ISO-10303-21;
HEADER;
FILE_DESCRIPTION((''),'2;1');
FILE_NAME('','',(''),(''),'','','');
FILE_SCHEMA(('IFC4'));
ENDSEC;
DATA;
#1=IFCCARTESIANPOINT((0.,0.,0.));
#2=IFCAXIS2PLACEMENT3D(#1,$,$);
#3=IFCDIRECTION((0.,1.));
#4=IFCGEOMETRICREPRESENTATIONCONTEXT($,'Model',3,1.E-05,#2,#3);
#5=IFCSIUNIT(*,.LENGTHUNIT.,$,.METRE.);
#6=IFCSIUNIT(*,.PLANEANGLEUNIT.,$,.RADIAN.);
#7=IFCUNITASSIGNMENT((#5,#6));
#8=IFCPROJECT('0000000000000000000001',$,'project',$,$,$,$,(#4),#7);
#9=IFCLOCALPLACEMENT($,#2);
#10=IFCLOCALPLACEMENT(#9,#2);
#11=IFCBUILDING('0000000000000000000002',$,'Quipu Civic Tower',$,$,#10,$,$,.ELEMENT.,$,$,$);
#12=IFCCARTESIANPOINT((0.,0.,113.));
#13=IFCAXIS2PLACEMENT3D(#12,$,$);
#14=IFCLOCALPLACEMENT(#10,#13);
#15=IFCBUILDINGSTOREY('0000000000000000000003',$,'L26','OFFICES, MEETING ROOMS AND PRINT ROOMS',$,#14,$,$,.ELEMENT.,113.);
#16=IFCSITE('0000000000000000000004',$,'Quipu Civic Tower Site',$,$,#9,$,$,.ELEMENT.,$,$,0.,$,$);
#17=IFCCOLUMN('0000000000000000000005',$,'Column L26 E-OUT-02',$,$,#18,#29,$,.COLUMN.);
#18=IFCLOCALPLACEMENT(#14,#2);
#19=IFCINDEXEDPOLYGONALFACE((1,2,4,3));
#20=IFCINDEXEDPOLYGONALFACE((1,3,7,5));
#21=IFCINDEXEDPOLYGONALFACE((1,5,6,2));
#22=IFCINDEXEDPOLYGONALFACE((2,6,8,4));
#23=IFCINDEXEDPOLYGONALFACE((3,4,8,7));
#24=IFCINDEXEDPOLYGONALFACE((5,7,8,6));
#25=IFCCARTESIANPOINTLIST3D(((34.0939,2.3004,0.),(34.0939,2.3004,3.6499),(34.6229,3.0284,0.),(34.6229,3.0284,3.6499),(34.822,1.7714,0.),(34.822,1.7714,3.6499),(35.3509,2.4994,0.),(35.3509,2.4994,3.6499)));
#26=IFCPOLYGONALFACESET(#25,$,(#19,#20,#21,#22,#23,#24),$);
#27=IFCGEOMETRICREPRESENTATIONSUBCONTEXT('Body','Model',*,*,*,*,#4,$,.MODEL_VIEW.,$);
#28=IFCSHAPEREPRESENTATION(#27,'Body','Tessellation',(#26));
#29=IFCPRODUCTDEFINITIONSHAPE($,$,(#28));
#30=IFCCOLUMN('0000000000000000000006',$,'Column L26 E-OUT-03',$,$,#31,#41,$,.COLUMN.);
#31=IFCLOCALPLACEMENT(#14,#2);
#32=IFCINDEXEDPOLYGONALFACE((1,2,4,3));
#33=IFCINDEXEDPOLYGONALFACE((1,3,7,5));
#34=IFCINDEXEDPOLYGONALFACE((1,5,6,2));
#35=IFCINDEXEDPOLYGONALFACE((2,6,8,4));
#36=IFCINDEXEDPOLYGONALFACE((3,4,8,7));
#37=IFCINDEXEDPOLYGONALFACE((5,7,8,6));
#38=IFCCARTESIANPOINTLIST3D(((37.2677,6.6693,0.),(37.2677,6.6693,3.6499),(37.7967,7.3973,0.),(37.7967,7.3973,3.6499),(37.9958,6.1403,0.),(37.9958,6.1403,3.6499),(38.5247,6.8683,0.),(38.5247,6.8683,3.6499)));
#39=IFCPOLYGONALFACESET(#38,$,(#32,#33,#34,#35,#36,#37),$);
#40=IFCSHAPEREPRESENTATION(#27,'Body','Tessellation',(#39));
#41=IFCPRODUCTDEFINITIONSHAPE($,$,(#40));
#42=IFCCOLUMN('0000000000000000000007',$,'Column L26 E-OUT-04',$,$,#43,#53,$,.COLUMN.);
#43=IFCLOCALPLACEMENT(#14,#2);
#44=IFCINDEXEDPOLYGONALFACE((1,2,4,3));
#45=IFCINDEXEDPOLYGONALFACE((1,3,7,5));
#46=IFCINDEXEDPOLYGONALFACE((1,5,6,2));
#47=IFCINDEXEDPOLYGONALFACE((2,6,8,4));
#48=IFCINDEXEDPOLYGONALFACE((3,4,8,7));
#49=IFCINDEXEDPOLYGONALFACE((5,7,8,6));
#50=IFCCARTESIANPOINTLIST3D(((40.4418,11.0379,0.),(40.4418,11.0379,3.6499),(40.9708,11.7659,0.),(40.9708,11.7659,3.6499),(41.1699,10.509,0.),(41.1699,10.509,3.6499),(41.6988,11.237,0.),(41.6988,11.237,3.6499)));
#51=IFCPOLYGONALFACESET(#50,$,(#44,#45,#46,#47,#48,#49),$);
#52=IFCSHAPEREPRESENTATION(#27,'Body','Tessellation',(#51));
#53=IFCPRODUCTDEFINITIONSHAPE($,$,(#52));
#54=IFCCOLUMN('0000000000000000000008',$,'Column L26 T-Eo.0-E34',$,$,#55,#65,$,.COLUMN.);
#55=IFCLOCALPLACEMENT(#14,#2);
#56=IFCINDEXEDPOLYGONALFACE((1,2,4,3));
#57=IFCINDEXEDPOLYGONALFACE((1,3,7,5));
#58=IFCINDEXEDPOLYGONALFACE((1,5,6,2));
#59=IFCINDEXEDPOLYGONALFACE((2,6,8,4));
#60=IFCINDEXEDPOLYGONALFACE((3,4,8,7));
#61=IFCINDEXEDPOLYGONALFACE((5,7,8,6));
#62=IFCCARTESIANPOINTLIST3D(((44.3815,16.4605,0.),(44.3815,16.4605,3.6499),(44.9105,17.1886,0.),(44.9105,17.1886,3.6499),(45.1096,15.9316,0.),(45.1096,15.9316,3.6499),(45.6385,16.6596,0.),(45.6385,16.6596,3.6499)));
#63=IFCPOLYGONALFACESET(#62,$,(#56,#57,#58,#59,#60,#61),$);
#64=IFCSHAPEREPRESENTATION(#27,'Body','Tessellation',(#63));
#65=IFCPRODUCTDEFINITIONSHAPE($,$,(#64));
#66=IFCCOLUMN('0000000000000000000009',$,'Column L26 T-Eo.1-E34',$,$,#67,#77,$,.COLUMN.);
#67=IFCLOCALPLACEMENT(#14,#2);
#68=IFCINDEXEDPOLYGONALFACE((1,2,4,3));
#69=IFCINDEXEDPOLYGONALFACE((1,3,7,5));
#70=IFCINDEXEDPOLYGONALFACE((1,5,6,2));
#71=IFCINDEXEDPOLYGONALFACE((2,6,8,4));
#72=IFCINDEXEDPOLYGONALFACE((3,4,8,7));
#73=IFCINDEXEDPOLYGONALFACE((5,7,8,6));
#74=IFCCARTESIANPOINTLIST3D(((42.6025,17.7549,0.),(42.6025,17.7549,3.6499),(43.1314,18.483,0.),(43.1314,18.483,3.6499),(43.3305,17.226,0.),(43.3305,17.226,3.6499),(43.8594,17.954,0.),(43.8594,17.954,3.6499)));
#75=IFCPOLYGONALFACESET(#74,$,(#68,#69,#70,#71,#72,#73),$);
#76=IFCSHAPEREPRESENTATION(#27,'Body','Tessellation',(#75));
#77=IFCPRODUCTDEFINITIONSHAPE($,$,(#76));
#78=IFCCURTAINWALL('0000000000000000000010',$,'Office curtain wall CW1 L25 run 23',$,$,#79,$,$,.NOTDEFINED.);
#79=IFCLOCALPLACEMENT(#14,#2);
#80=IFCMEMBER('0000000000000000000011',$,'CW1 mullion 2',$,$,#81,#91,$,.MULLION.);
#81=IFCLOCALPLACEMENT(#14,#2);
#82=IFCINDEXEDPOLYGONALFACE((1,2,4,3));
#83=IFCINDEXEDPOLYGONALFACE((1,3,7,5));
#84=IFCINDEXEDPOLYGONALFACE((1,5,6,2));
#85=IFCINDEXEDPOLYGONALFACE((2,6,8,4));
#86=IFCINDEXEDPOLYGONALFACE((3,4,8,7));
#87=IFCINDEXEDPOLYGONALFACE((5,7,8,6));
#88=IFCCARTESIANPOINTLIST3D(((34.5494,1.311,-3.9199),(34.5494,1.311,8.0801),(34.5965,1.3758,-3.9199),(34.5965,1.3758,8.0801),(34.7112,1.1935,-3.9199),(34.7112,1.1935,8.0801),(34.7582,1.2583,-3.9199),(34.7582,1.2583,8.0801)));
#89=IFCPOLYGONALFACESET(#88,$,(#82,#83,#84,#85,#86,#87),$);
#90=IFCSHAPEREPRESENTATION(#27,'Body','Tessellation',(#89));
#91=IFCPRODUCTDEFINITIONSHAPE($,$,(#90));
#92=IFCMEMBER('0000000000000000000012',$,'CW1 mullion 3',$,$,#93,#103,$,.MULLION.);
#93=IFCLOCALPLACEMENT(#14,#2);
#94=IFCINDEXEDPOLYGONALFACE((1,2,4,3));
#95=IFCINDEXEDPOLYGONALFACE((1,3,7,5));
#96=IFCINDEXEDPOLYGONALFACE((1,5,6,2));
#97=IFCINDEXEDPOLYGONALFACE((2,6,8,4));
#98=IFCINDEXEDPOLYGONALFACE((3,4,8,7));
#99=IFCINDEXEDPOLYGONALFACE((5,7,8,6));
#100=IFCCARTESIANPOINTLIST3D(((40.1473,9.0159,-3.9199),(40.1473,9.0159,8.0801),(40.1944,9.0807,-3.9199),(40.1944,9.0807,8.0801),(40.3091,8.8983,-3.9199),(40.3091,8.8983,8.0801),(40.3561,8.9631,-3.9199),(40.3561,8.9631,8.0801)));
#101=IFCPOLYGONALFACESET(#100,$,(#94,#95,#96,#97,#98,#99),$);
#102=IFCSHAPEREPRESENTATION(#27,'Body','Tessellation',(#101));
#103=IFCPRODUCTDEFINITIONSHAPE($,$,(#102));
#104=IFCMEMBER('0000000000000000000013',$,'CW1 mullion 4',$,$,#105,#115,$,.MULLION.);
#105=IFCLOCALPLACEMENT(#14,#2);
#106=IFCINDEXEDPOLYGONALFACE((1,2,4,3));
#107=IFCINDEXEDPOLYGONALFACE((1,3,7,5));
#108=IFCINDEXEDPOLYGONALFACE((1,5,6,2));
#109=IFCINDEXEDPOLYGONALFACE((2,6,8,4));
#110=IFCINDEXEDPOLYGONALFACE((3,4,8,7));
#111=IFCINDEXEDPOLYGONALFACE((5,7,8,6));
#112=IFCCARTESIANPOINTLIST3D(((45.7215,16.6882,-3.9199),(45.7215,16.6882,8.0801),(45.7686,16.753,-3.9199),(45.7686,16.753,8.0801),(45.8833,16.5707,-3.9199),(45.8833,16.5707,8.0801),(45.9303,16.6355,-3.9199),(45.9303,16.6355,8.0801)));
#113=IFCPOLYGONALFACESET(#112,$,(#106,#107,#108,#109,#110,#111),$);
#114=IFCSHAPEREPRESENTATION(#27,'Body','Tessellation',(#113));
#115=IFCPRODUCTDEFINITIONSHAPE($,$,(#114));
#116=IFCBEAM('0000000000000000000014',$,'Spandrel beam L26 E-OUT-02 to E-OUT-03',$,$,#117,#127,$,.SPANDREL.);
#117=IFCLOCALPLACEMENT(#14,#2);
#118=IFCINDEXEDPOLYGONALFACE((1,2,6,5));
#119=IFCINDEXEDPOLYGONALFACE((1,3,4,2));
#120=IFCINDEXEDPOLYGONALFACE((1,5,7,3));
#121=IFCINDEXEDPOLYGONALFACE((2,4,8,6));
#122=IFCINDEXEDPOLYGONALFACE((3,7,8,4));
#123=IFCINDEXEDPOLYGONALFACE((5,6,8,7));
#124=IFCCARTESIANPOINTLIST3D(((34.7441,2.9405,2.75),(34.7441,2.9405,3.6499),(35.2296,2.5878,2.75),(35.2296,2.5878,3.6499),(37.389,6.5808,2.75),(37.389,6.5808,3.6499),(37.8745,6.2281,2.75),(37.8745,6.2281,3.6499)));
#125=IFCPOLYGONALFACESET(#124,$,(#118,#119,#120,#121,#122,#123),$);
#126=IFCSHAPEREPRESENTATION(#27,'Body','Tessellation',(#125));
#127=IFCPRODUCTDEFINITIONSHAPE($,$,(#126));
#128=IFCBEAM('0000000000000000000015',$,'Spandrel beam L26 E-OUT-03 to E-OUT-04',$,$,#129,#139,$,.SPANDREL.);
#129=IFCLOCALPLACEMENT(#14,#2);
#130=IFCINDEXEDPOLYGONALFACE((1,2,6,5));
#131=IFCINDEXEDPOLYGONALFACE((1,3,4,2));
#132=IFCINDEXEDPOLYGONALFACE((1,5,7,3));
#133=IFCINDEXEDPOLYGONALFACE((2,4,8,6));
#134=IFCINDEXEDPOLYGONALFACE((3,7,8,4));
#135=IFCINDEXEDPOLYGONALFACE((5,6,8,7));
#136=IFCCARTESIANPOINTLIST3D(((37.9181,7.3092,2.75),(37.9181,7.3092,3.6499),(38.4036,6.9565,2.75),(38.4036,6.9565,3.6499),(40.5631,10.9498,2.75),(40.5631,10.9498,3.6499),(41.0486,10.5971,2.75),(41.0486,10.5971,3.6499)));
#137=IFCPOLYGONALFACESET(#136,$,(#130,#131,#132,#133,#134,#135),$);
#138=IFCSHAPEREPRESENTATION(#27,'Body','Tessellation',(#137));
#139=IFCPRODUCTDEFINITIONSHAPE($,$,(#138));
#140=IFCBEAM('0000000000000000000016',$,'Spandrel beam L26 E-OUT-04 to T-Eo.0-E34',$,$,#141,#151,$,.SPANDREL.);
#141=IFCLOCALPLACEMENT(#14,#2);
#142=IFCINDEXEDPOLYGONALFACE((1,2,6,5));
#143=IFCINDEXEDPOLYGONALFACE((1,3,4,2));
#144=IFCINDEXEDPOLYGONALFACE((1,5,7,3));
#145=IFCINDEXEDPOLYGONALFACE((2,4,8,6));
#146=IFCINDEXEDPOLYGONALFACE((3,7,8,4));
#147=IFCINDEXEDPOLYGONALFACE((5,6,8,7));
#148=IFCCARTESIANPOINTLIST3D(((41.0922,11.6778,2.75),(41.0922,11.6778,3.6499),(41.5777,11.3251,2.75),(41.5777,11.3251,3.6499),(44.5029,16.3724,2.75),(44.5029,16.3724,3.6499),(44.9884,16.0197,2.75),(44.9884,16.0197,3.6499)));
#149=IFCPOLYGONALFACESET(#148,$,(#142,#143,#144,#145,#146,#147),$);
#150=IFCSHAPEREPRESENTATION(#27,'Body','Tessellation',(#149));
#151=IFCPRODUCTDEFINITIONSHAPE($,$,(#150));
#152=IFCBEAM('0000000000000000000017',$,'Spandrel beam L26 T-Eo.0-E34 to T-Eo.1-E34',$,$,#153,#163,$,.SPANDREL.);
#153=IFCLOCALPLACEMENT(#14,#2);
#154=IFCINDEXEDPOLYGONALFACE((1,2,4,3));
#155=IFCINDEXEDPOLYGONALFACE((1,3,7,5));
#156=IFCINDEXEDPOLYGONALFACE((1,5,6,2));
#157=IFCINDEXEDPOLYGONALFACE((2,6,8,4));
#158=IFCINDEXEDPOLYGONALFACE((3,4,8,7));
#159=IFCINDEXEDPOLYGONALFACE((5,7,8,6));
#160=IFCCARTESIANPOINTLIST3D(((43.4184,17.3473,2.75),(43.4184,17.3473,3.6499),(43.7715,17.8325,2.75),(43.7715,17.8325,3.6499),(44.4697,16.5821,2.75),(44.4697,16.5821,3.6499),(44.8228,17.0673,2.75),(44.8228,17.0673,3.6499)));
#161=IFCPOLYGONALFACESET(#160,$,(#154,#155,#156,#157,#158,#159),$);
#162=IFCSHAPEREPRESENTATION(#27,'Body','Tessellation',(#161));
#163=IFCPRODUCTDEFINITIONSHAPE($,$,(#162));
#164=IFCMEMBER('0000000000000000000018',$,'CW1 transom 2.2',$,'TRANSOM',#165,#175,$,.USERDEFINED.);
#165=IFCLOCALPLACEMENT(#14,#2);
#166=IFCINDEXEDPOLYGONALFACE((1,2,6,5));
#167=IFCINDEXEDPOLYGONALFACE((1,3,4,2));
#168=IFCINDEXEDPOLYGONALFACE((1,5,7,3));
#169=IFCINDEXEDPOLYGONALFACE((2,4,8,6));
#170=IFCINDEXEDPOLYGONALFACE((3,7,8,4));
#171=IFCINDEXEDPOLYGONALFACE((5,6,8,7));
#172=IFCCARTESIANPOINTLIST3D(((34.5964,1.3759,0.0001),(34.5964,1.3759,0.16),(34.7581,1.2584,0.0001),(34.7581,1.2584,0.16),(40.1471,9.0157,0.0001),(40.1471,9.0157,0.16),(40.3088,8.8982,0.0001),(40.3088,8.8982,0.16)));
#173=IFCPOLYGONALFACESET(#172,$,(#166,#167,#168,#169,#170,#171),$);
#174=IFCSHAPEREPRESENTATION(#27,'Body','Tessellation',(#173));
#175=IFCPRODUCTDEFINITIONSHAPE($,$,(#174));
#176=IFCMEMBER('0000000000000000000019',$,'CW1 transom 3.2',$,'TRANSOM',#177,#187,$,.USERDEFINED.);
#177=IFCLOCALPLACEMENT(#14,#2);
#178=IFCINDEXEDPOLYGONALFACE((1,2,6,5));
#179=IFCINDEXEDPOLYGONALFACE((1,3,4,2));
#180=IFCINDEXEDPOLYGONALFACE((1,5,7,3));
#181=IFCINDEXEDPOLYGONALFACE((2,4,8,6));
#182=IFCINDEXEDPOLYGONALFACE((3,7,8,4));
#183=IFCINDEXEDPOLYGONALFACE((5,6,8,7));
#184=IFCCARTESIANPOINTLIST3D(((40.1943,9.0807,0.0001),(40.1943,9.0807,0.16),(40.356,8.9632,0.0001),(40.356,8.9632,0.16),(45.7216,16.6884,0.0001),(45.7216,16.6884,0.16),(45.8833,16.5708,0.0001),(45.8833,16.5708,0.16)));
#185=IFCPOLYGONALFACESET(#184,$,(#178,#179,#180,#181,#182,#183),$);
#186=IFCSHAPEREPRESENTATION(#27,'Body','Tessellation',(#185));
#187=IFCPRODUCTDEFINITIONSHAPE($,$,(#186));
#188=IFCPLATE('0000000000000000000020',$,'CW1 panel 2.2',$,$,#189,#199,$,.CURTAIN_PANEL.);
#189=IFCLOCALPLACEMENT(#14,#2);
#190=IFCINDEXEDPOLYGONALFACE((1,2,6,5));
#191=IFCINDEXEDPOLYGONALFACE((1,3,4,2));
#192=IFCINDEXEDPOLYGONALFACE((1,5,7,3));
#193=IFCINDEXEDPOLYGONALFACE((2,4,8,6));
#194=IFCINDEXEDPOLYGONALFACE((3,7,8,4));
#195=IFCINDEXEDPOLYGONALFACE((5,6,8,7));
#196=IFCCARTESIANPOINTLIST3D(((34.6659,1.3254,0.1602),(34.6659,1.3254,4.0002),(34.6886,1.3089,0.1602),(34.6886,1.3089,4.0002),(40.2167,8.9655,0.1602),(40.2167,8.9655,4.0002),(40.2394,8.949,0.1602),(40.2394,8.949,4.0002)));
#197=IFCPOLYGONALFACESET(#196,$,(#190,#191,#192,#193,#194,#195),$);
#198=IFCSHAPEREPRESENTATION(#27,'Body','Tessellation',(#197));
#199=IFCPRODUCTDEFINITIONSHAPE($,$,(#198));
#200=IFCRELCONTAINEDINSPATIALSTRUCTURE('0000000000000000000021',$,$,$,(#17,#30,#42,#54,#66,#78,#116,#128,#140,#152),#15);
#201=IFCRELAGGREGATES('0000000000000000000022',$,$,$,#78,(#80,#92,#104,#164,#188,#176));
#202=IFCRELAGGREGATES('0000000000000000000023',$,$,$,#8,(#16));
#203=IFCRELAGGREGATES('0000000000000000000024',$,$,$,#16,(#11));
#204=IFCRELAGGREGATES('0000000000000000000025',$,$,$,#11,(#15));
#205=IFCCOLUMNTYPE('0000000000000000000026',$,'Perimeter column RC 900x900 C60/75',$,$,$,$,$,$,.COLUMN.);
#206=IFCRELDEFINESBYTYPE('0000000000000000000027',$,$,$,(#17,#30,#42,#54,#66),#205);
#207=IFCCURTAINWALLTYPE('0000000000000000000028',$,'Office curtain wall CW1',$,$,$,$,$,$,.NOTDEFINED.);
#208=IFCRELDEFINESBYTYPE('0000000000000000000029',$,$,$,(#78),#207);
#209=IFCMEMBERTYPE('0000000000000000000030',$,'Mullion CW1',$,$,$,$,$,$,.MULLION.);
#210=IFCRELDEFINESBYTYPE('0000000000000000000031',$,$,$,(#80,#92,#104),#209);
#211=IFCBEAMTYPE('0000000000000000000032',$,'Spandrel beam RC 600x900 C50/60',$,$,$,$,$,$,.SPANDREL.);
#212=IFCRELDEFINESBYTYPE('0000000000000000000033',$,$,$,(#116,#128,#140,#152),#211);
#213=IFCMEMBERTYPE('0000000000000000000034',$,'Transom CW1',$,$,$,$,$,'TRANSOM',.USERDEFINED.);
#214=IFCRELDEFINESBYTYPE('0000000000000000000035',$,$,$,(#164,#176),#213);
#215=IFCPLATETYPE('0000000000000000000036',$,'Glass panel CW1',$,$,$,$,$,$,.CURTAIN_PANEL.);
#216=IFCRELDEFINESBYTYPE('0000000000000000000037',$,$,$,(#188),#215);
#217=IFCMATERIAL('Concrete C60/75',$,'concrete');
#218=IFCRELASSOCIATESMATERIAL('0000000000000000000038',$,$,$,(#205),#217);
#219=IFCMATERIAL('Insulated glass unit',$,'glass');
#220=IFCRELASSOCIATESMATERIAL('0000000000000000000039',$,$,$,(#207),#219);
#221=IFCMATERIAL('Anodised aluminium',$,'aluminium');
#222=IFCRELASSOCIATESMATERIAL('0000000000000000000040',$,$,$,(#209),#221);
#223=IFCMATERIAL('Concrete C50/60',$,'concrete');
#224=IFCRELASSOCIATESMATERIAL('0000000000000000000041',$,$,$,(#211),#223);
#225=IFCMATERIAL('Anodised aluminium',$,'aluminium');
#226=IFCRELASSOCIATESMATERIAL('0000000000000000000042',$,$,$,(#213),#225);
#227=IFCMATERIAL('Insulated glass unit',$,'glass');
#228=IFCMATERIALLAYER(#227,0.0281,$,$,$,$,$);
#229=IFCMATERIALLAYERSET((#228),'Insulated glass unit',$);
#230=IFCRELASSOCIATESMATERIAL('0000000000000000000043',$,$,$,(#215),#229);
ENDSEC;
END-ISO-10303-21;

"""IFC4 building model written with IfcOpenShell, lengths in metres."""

from ifc_helpers import new_model, si_unit, direction, frame, origin, origin_2d, place, context, subcontext, project, spatial, rectangle, extrude, material, layer, layer_set, material_profile, profile_set, type_object, element, aggregate, save


model = new_model("IFC4")

# Units and contexts
model_context = context("Model", 3, precision=1e-05, world=origin(), true_north=direction((0.0, 1.0)))
body_context = subcontext(model_context, "Body", "Model", "MODEL_VIEW")
ifc_project = project(units=[si_unit("LENGTHUNIT", "METRE"), si_unit("PLANEANGLEUNIT", "RADIAN")], contexts=[model_context])

# Site, building, storey
site_placement = place(None, origin())
site = spatial("IfcSite", under=ifc_project, at=site_placement, Name="Quipu Civic Tower Site", CompositionType="ELEMENT", RefElevation=0.0)
building_placement = place(site_placement, origin())
building = spatial("IfcBuilding", under=site, at=building_placement, Name="Quipu Civic Tower", CompositionType="ELEMENT")
storey_placement = place(building_placement, frame((0.0, 0.0, 113.0)))
storey = spatial("IfcBuildingStorey", under=building, at=storey_placement, Name="L26", Description="OFFICES, MEETING ROOMS AND PRINT ROOMS", CompositionType="ELEMENT", Elevation=113.0)

# Columns
ifc_material_1 = material(Name="Concrete C60/75", Category="concrete")
ifc_material_profile_1 = material_profile(ifc_material_1, rectangle(XDim=0.8999, YDim=0.8999, at=origin_2d()), Name="RC900x900")
ifc_profile_set_1 = profile_set([ifc_material_profile_1], Name="Concrete C60/75")
column_type = type_object("IfcColumnType", Name="Perimeter column RC 900x900 C60/75", PredefinedType="COLUMN", material=ifc_profile_set_1)
for number, where, z_axis, x_axis, name in (
    (1, (34.7224, 2.3999, 0.0), (0.0, 0.0, 1.0), (0.587785, 0.809017, 0.0), "Column L26 E-OUT-02"),
    (2, (37.8962, 6.7688, 0.0), (0.0, 0.0, 1.0), (0.587785, 0.809017, 0.0), "Column L26 E-OUT-03"),
    (3, (41.0703, 11.1375, 0.0), (0.0, 0.0, 1.0), (0.587785, 0.809017, 0.0), "Column L26 E-OUT-04"),
    (4, (45.01, 16.5601, 0.0), (0.0, 0.0, 1.0), (0.587785, 0.809017, 0.0), "Column L26 T-Eo.0-E34"),
    (5, (43.231, 17.8545, 0.0), (0.0, 0.0, 1.0), (0.587785, 0.809017, 0.0), "Column L26 T-Eo.1-E34"),
):
    element("IfcColumn", number, at=place(storey_placement, frame(where, z_axis=z_axis, x_axis=x_axis)), inside=storey, type_object=column_type, Name=name, PredefinedType="COLUMN", context=body_context, shape_type="SweptSolid", body=[
        extrude(rectangle(XDim=0.8999, YDim=0.8999, at=origin_2d()), origin(), (0.0, 0.0, 1.0), 3.6499),
    ])

# Curtain wall, members
ifc_material_2 = material(Name="Insulated glass unit", Category="glass")
curtain_wall_type = type_object("IfcCurtainWallType", Name="Office curtain wall CW1", PredefinedType="NOTDEFINED", material=ifc_material_2)
curtain_wall_placement = place(storey_placement, origin())
curtain_wall = element("IfcCurtainWall", 6, at=curtain_wall_placement, inside=storey, type_object=curtain_wall_type, Name="Office curtain wall CW1 L25 run 23", PredefinedType="NOTDEFINED")
ifc_material_3 = material(Name="Anodised aluminium", Category="aluminium")
ifc_material_profile_2 = material_profile(ifc_material_3, rectangle(XDim=0.2, YDim=0.0801, at=origin_2d()), Name="RECT 200x80")
ifc_profile_set_2 = profile_set([ifc_material_profile_2], Name="Anodised aluminium")
member_type_1 = type_object("IfcMemberType", Name="Mullion CW1", PredefinedType="MULLION", material=ifc_profile_set_2)
member_1_placement = place(storey_placement, frame((34.6538, 1.2847, -3.9199), z_axis=(0.0, 0.0, 1.0), x_axis=(-0.809017, 0.587785, 0.0)))
member_1 = element("IfcMember", 7, at=member_1_placement, type_object=member_type_1, Name="CW1 mullion 2", PredefinedType="MULLION", context=body_context, shape_type="SweptSolid", body=[
    extrude(rectangle(XDim=0.2, YDim=0.0801, at=origin_2d()), origin(), (0.0, 0.0, 1.0), 12.0),
])
member_2_placement = place(storey_placement, frame((40.2517, 8.9895, -3.9199), z_axis=(0.0, 0.0, 1.0), x_axis=(-0.809017, 0.587785, 0.0)))
member_2 = element("IfcMember", 8, at=member_2_placement, type_object=member_type_1, Name="CW1 mullion 3", PredefinedType="MULLION", context=body_context, shape_type="SweptSolid", body=[
    extrude(rectangle(XDim=0.2, YDim=0.0801, at=origin_2d()), origin(), (0.0, 0.0, 1.0), 12.0),
])
member_3_placement = place(storey_placement, frame((45.8259, 16.6619, -3.9199), z_axis=(0.0, 0.0, 1.0), x_axis=(-0.809017, 0.587785, 0.0)))
member_3 = element("IfcMember", 9, at=member_3_placement, type_object=member_type_1, Name="CW1 mullion 4", PredefinedType="MULLION", context=body_context, shape_type="SweptSolid", body=[
    extrude(rectangle(XDim=0.2, YDim=0.0801, at=origin_2d()), origin(), (0.0, 0.0, 1.0), 12.0),
])

# Beams
ifc_material_4 = material(Name="Concrete C50/60", Category="concrete")
ifc_material_profile_3 = material_profile(ifc_material_4, rectangle(XDim=0.6001, YDim=0.8999, at=origin_2d()), Name="RC600x900")
ifc_profile_set_3 = profile_set([ifc_material_profile_3], Name="Concrete C50/60")
beam_type = type_object("IfcBeamType", Name="Spandrel beam RC 600x900 C50/60", PredefinedType="SPANDREL", material=ifc_profile_set_3)
beam_1_placement = place(storey_placement, frame((34.9868, 2.7642, 3.2), z_axis=(0.587804, 0.809003, 0.0), x_axis=(-0.809003, 0.587804, 0.0)))
element("IfcBeam", 10, at=beam_1_placement, inside=storey, type_object=beam_type, Name="Spandrel beam L26 E-OUT-02 to E-OUT-03", PredefinedType="SPANDREL", context=body_context, shape_type="SweptSolid", body=[
    extrude(rectangle(XDim=0.6001, YDim=0.8999, at=origin_2d()), origin(), (0.0, 0.0, 1.0), 4.4998),
])
beam_2_placement = place(storey_placement, frame((38.1609, 7.1328, 3.2), z_axis=(0.587778, 0.809022, 0.0), x_axis=(-0.809022, 0.587778, 0.0)))
element("IfcBeam", 11, at=beam_2_placement, inside=storey, type_object=beam_type, Name="Spandrel beam L26 E-OUT-03 to E-OUT-04", PredefinedType="SPANDREL", context=body_context, shape_type="SweptSolid", body=[
    extrude(rectangle(XDim=0.6001, YDim=0.8999, at=origin_2d()), origin(), (0.0, 0.0, 1.0), 4.5),
])
beam_3_placement = place(storey_placement, frame((41.335, 11.5015, 3.2), z_axis=(0.587766, 0.809031, 0.0), x_axis=(-0.809031, 0.587766, 0.0)))
element("IfcBeam", 12, at=beam_3_placement, inside=storey, type_object=beam_type, Name="Spandrel beam L26 E-OUT-04 to T-Eo.0-E34", PredefinedType="SPANDREL", context=body_context, shape_type="SweptSolid", body=[
    extrude(rectangle(XDim=0.6001, YDim=0.8999, at=origin_2d()), origin(), (0.0, 0.0, 1.0), 5.8027),
])
beam_4_placement = place(storey_placement, frame((44.6462, 16.8247, 3.2), z_axis=(-0.808525, 0.588462, 0.0), x_axis=(-0.588462, -0.808525, 0.0)))
element("IfcBeam", 13, at=beam_4_placement, inside=storey, type_object=beam_type, Name="Spandrel beam L26 T-Eo.0-E34 to T-Eo.1-E34", PredefinedType="SPANDREL", context=body_context, shape_type="SweptSolid", body=[
    extrude(rectangle(XDim=0.6001, YDim=0.8999, at=origin_2d()), origin(), (0.0, 0.0, 1.0), 1.3003),
])

# Members
ifc_material_5 = material(Name="Anodised aluminium", Category="aluminium")
ifc_material_profile_4 = material_profile(ifc_material_5, rectangle(XDim=0.2, YDim=0.1599, at=origin_2d()), Name="RECT 200x160")
ifc_profile_set_4 = profile_set([ifc_material_profile_4], Name="Anodised aluminium")
member_type_2 = type_object("IfcMemberType", Name="Transom CW1", ElementType="TRANSOM", PredefinedType="USERDEFINED", material=ifc_profile_set_4)
member_4_placement = place(storey_placement, frame((34.6772, 1.3171, 0.0801), z_axis=(0.58779, 0.809013, 0.0), x_axis=(-0.809013, 0.58779, 0.0)))
member_4 = element("IfcMember", 14, at=member_4_placement, type_object=member_type_2, Name="CW1 transom 2.2", ObjectType="TRANSOM", PredefinedType="USERDEFINED", context=body_context, shape_type="SweptSolid", body=[
    extrude(rectangle(XDim=0.2, YDim=0.1599, at=origin_2d()), origin(), (0.0, 0.0, 1.0), 9.4434),
])
member_5_placement = place(storey_placement, frame((40.2751, 9.022, 0.0801), z_axis=(0.587789, 0.809014, 0.0), x_axis=(-0.809014, 0.587789, 0.0)))
member_5 = element("IfcMember", 15, at=member_5_placement, type_object=member_type_2, Name="CW1 transom 3.2", ObjectType="TRANSOM", PredefinedType="USERDEFINED", context=body_context, shape_type="SweptSolid", body=[
    extrude(rectangle(XDim=0.2, YDim=0.1599, at=origin_2d()), origin(), (0.0, 0.0, 1.0), 9.4036),
])

# Plate
ifc_material_6 = material(Name="Insulated glass unit", Category="glass")
ifc_layer_1 = layer(ifc_material_6, 0.0281)
ifc_layer_set_1 = layer_set([ifc_layer_1], Name="Insulated glass unit")
plate_type_1 = type_object("IfcPlateType", Name="Glass panel CW1", PredefinedType="CURTAIN_PANEL", material=ifc_layer_set_1)
plate_1_placement = place(storey_placement, frame((37.4526, 5.1372, 0.1602), z_axis=(0.0, 0.0, 1.0), x_axis=(0.587785, 0.809017, 0.0)))
plate_1 = element("IfcPlate", 16, at=plate_1_placement, type_object=plate_type_1, Name="CW1 panel 2.2", PredefinedType="CURTAIN_PANEL", context=body_context, shape_type="SweptSolid", body=[
    extrude(rectangle(XDim=9.4436, YDim=0.0281, at=origin_2d()), origin(), (0.0, 0.0, 1.0), 3.8401),
])
aggregate(curtain_wall, [member_1, member_2, member_3, member_4, plate_1, member_5])

save(model, "model.ifc")
